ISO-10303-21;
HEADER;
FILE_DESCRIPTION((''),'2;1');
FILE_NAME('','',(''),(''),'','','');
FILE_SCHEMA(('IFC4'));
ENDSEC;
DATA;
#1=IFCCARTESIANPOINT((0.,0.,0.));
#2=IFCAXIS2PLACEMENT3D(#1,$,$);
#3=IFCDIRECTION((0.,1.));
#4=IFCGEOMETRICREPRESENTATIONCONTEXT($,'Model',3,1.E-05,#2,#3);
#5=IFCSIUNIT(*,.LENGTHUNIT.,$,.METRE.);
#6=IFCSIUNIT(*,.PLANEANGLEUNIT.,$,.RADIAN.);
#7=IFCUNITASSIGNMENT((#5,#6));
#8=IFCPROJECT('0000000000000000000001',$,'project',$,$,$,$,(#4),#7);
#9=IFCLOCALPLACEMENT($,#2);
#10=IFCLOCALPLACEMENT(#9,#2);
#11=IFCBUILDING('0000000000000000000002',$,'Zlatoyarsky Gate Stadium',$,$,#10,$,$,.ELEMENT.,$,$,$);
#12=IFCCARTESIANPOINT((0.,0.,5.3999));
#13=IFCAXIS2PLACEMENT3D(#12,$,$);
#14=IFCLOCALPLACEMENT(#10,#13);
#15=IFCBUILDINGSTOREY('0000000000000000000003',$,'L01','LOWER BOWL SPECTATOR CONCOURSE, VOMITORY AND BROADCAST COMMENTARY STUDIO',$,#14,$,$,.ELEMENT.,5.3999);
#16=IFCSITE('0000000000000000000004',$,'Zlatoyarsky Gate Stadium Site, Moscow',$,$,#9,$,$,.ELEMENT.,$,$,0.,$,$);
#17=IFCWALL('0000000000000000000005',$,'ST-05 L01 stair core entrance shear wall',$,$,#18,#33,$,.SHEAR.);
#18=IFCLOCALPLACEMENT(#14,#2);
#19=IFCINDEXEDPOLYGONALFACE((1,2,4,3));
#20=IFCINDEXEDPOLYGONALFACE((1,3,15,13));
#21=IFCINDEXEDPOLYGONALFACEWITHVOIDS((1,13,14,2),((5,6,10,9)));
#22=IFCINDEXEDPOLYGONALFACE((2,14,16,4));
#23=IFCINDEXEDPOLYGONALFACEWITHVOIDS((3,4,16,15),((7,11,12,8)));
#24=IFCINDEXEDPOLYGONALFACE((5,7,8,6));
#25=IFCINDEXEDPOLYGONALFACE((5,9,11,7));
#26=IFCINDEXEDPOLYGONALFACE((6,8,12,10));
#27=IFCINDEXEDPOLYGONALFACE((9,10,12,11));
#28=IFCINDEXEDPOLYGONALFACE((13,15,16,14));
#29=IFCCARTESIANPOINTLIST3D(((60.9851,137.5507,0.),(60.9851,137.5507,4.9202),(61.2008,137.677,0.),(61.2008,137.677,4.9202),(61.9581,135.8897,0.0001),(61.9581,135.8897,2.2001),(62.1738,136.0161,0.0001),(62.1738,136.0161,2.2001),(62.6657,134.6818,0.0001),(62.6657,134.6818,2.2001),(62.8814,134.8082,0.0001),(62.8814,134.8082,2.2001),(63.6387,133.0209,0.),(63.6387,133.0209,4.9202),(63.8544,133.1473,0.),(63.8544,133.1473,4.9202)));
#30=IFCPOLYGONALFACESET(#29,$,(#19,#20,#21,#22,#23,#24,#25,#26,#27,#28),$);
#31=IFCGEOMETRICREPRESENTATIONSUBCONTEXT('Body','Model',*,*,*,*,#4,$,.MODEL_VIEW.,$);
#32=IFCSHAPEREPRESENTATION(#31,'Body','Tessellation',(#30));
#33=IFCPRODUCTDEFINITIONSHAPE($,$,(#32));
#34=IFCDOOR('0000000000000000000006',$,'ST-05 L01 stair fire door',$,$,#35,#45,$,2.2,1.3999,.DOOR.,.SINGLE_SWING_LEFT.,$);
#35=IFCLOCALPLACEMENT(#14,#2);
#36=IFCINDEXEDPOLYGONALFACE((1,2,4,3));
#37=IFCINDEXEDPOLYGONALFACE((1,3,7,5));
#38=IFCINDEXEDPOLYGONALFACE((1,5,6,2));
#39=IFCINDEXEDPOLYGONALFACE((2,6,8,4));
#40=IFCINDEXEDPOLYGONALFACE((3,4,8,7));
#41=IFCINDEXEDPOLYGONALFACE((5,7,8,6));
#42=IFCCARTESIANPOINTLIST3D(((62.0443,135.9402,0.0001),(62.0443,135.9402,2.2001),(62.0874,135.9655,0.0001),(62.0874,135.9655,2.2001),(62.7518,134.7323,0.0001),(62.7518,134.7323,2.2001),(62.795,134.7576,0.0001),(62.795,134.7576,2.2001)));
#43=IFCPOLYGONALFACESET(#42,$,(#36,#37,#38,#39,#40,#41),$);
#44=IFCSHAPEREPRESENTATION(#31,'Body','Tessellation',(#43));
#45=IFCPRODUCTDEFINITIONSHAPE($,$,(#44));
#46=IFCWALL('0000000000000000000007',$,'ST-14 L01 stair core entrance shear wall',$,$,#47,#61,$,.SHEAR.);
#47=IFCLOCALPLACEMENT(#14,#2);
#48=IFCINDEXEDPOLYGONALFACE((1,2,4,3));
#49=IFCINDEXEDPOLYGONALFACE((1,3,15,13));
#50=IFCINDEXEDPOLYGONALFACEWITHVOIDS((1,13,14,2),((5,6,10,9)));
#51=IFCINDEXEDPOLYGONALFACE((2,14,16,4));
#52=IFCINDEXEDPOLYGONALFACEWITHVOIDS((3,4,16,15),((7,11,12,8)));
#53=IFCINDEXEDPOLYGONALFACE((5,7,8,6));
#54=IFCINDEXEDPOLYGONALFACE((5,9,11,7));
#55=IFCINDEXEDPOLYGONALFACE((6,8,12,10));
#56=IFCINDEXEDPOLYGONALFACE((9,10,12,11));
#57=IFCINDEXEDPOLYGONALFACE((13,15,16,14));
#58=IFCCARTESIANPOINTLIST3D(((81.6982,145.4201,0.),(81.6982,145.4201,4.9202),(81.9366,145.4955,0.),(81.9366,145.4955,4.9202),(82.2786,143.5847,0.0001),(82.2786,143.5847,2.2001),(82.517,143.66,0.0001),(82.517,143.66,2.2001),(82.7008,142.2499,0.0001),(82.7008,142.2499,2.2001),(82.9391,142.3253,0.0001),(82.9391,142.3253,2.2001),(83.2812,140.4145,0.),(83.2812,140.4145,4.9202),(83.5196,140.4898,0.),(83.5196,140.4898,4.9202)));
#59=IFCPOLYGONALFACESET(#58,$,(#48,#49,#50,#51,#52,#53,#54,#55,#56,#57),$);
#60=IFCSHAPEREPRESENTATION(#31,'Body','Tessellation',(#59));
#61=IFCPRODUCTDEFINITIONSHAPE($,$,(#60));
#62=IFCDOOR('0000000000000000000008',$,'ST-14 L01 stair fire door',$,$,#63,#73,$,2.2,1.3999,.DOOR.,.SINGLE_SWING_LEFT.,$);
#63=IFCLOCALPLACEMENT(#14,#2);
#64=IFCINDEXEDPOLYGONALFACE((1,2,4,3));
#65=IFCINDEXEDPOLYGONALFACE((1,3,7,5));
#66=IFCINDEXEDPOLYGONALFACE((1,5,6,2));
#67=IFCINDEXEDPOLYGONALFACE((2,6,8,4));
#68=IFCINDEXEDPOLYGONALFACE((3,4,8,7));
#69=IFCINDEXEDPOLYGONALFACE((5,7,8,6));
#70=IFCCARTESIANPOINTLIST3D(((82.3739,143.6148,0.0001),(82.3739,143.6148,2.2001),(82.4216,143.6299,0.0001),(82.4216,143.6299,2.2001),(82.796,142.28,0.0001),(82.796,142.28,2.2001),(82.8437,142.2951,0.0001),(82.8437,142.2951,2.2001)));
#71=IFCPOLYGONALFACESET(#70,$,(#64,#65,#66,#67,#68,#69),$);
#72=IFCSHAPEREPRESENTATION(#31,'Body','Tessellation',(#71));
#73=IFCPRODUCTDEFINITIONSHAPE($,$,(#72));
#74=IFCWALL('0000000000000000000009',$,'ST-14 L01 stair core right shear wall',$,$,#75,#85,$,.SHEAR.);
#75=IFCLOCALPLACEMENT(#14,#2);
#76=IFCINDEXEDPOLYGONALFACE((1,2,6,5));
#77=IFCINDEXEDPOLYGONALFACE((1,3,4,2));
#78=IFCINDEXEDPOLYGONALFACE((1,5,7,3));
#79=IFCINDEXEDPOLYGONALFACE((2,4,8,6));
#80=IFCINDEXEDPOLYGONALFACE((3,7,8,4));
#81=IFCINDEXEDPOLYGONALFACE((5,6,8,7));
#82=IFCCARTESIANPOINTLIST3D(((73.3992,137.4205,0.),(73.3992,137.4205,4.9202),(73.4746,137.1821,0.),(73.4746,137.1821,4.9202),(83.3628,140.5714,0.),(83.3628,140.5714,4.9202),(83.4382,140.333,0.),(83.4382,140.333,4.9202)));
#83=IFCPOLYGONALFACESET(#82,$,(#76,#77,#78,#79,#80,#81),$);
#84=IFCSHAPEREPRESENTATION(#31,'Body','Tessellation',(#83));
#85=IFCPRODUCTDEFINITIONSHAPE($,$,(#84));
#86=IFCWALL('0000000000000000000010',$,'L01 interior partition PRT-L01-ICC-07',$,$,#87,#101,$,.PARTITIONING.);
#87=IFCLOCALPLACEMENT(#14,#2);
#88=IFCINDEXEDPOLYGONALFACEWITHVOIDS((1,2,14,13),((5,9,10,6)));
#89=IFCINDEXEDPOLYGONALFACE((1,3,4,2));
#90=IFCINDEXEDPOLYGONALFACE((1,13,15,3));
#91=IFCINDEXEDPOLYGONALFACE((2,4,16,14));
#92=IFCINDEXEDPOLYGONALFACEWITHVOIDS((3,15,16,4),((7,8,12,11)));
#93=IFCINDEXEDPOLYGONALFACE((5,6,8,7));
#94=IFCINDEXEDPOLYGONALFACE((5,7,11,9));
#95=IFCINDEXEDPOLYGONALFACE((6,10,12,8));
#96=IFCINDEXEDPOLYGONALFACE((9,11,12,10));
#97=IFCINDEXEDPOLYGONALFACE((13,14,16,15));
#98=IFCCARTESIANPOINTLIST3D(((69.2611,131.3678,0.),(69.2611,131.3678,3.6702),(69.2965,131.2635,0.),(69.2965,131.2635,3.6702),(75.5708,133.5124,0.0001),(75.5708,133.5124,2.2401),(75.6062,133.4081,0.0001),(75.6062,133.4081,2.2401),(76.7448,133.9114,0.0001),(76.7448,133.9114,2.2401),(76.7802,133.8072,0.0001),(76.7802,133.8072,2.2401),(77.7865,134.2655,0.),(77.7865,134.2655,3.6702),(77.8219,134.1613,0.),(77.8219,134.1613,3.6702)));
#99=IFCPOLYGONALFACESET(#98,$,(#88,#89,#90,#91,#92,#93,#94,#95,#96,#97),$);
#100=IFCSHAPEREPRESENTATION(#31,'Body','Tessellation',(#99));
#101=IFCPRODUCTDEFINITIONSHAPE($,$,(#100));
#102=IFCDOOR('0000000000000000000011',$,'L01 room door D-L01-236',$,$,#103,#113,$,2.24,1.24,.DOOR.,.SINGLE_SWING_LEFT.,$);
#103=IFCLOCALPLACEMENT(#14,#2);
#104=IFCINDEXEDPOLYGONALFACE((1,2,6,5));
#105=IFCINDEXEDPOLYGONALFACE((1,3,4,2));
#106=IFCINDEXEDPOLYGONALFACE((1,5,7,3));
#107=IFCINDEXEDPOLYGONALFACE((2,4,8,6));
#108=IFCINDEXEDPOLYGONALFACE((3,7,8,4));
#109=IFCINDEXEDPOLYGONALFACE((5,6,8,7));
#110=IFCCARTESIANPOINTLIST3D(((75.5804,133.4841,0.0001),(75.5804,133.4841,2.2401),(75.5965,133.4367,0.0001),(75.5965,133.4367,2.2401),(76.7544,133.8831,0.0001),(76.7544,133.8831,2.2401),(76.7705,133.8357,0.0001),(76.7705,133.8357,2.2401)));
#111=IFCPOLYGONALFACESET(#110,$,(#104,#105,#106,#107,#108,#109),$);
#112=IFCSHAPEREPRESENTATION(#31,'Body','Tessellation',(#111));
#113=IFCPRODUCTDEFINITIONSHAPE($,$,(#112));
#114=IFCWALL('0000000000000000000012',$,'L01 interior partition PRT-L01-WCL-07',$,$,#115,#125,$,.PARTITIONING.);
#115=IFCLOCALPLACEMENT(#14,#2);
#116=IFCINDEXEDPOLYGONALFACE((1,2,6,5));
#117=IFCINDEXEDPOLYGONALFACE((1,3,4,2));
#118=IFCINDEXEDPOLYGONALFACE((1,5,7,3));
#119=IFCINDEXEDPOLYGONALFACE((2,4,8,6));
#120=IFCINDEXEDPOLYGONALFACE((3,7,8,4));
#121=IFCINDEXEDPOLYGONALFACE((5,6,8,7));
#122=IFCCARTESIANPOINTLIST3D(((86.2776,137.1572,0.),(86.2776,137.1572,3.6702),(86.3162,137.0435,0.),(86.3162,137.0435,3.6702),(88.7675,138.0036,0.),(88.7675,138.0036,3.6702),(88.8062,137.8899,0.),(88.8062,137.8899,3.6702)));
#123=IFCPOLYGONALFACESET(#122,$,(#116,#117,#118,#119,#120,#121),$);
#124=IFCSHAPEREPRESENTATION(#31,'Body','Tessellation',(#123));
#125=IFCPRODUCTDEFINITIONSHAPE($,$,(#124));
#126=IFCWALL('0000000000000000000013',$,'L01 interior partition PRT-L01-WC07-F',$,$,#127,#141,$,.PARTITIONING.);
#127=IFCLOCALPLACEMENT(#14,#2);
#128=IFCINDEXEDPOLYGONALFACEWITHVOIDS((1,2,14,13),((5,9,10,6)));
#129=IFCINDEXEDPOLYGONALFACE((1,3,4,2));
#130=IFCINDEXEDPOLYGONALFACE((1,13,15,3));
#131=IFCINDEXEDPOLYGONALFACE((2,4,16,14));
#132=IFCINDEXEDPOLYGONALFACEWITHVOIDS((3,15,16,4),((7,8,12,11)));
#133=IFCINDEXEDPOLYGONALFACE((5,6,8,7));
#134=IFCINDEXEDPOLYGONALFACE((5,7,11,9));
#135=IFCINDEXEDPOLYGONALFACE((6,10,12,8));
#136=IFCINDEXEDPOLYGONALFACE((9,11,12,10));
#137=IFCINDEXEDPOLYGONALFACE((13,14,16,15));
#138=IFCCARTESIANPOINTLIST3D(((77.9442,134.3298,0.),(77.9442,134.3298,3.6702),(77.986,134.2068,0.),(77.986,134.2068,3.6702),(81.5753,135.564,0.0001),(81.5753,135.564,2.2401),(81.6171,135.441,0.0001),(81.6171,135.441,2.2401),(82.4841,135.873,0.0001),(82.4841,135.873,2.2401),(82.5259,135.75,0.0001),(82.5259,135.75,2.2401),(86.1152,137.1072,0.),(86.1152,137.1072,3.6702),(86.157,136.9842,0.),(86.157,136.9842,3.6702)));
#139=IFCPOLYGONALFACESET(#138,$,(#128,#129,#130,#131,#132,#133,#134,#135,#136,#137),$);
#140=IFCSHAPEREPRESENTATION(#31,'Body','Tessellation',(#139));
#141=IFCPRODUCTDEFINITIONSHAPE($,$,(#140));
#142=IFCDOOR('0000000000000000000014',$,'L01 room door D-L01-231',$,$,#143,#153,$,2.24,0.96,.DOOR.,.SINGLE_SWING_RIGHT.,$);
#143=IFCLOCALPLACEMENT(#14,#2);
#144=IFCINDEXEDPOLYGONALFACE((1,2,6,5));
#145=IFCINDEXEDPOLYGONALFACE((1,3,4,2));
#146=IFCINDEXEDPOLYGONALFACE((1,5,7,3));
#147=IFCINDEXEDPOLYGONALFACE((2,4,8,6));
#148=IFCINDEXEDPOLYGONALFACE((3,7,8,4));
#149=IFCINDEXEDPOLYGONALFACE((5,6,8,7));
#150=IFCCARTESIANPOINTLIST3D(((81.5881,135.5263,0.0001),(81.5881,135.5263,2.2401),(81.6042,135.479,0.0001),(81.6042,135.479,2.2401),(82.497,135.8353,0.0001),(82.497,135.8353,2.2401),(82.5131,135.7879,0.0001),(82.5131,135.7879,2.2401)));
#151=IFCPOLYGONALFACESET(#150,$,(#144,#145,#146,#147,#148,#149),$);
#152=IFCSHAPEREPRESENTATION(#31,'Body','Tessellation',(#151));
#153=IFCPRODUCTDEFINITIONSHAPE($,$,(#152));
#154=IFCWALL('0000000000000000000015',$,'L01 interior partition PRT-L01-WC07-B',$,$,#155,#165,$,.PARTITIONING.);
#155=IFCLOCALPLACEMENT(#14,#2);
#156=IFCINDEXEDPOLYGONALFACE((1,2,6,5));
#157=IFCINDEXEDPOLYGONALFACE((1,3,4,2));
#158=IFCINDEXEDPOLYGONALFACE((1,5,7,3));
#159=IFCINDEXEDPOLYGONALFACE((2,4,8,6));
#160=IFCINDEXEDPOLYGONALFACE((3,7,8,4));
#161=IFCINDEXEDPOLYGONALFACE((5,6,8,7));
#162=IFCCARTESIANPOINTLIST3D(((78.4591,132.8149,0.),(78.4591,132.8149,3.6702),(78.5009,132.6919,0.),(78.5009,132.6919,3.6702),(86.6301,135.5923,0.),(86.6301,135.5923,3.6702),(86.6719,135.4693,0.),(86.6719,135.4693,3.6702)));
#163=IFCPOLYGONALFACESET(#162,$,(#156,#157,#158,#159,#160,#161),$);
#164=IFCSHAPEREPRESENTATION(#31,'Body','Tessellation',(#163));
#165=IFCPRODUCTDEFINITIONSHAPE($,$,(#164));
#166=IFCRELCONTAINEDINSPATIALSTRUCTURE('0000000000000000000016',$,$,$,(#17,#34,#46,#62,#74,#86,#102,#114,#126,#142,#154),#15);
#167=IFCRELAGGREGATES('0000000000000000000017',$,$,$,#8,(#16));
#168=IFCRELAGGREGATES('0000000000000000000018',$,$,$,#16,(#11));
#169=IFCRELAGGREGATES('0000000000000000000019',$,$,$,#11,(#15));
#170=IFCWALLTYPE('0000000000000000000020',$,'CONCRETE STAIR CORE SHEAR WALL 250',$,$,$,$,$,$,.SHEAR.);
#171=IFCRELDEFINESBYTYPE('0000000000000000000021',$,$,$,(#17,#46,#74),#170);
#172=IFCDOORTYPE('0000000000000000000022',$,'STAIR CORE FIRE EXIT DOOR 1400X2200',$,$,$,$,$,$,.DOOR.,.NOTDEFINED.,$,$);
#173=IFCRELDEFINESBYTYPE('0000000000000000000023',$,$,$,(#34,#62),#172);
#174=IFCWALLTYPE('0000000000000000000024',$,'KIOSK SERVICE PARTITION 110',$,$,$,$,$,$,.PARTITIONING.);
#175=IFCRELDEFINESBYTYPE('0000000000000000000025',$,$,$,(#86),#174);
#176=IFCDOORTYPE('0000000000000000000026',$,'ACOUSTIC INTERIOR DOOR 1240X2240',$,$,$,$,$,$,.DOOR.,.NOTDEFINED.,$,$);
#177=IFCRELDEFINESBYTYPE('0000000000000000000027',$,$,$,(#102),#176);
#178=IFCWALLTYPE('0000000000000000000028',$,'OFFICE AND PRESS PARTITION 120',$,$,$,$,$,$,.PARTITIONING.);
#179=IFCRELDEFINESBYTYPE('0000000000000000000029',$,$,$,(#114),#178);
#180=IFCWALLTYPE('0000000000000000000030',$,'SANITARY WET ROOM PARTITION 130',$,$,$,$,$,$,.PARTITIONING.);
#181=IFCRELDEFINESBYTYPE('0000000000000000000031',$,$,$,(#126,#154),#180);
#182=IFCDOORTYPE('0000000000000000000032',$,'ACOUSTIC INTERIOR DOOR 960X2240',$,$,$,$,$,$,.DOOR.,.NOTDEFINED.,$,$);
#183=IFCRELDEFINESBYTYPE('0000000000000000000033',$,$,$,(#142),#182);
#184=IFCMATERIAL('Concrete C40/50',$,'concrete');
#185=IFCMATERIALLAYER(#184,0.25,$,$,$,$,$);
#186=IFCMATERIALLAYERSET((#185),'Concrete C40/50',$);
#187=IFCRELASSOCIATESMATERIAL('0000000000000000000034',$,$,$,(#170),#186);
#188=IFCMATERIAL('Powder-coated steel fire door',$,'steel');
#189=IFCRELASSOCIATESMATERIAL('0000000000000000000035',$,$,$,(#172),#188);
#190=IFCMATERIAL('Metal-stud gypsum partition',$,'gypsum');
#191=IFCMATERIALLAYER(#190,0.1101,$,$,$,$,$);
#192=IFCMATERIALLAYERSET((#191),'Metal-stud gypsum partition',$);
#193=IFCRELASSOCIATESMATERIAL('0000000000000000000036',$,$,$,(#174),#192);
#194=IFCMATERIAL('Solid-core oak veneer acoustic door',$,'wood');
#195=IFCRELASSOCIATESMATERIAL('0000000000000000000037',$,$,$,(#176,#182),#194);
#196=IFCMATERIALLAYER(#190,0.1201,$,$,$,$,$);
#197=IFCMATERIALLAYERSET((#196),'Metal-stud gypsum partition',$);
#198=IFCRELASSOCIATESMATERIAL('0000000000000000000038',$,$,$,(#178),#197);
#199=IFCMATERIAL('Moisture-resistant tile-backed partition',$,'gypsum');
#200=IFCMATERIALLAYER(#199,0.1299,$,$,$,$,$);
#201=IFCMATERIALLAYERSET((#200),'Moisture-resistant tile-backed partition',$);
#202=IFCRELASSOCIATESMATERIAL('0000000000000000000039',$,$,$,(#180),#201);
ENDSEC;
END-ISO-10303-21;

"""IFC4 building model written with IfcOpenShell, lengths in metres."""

from ifc_helpers import new_model, si_unit, direction, frame, frame_2d, origin, place, context, subcontext, project, spatial, rectangle, extrude, material, layer, layer_set, type_object, element, fill, save


model = new_model("IFC4")

# Units and contexts
model_context = context("Model", 3, precision=1e-05, world=origin(), true_north=direction((0.0, 1.0)))
body_context = subcontext(model_context, "Body", "Model", "MODEL_VIEW")
ifc_project = project(units=[si_unit("LENGTHUNIT", "METRE"), si_unit("PLANEANGLEUNIT", "RADIAN")], contexts=[model_context])

# Site, building, storey
site_placement = place(None, origin())
site = spatial("IfcSite", under=ifc_project, at=site_placement, Name="Zlatoyarsky Gate Stadium Site, Moscow", CompositionType="ELEMENT", RefElevation=0.0)
building_placement = place(site_placement, origin())
building = spatial("IfcBuilding", under=site, at=building_placement, Name="Zlatoyarsky Gate Stadium", CompositionType="ELEMENT")
storey_placement = place(building_placement, frame((0.0, 0.0, 5.3999)))
storey = spatial("IfcBuildingStorey", under=building, at=storey_placement, Name="L01", Description="LOWER BOWL SPECTATOR CONCOURSE, VOMITORY AND BROADCAST COMMENTARY STUDIO", CompositionType="ELEMENT", Elevation=5.3999)

# Shared definitions
ifc_material_1 = material(Name="Concrete C40/50", Category="concrete")

# Walls, openings, doors
ifc_material_2 = material(Name="Solid-core oak veneer acoustic door", Category="wood")
ifc_layer_1 = layer(ifc_material_1, 0.25)
ifc_layer_set_1 = layer_set([ifc_layer_1], Name="Concrete C40/50")
wall_type_1 = type_object("IfcWallType", Name="CONCRETE STAIR CORE SHEAR WALL 250", PredefinedType="SHEAR", material=ifc_layer_set_1)
wall_1_placement = place(storey_placement, frame((63.7466, 133.084, 0.0), z_axis=(0.0, 0.0, 1.0), x_axis=(-0.50546, 0.86285, 0.0)))
wall_1 = element("IfcWall", 1, at=wall_1_placement, inside=storey, type_object=wall_type_1, Name="ST-05 L01 stair core entrance shear wall", PredefinedType="SHEAR", context=body_context, shape_type="SweptSolid", body=[
    extrude(rectangle(XDim=5.2498, YDim=0.25, at=frame_2d((2.625, 0.0))), origin(), (0.0, 0.0, 1.0), 4.9202),
])
opening_1_placement = place(wall_1_placement, frame((1.925, 0.0, 0.0)))
opening_1 = element("IfcOpeningElement", 2, at=opening_1_placement, cuts=wall_1, PredefinedType="OPENING", context=body_context, shape_type="SweptSolid", body=[
    extrude(rectangle(XDim=1.3999, YDim=2.2, at=frame_2d((0.7, 1.1001))), frame((0.0, 0.135, 0.0), z_axis=(0.0, -1.0, 0.0), x_axis=(1.0, 0.0, 0.0)), (0.0, 0.0, 1.0), 0.27),
])
ifc_material_3 = material(Name="Powder-coated steel fire door", Category="steel")
door_type_1 = type_object("IfcDoorType", Name="STAIR CORE FIRE EXIT DOOR 1400X2200", OperationType="NOTDEFINED", PredefinedType="DOOR", material=ifc_material_3)
door_1_placement = place(opening_1_placement, frame((1.3999, 0.0, 0.0), z_axis=(0.0, 0.0, 1.0), x_axis=(-1.0, 0.0, 0.0)))
door_1 = element("IfcDoor", 3, at=door_1_placement, inside=storey, type_object=door_type_1, Name="ST-05 L01 stair fire door", OperationType="SINGLE_SWING_LEFT", OverallHeight=2.2, OverallWidth=1.3999, PredefinedType="DOOR", context=body_context, shape_type="SweptSolid", body=[
    extrude(rectangle(XDim=1.3999, YDim=2.2, at=frame_2d((0.7, 1.1001))), frame((0.0, 0.0249, 0.0), z_axis=(0.0, -1.0, 0.0), x_axis=(1.0, 0.0, 0.0)), (0.0, 0.0, 1.0), 0.05),
])
fill(opening_1, door_1)
wall_2_placement = place(storey_placement, frame((83.4004, 140.4521, 0.0), z_axis=(0.0, 0.0, 1.0), x_axis=(-0.301527, 0.953457, 0.0)))
wall_2 = element("IfcWall", 4, at=wall_2_placement, inside=storey, type_object=wall_type_1, Name="ST-14 L01 stair core entrance shear wall", PredefinedType="SHEAR", context=body_context, shape_type="SweptSolid", body=[
    extrude(rectangle(XDim=5.25, YDim=0.25, at=frame_2d((2.625, 0.0))), origin(), (0.0, 0.0, 1.0), 4.9202),
])
opening_2_placement = place(wall_2_placement, frame((1.925, 0.0, 0.0)))
opening_2 = element("IfcOpeningElement", 5, at=opening_2_placement, cuts=wall_2, PredefinedType="OPENING", context=body_context, shape_type="SweptSolid", body=[
    extrude(rectangle(XDim=1.3999, YDim=2.2, at=frame_2d((0.7, 1.1001))), frame((0.0, 0.135, 0.0), z_axis=(0.0, -1.0, 0.0), x_axis=(1.0, 0.0, 0.0)), (0.0, 0.0, 1.0), 0.27),
])
door_2_placement = place(opening_2_placement, frame((1.3999, 0.0, 0.0), z_axis=(0.0, 0.0, 1.0), x_axis=(-1.0, 0.0, 0.0)))
door_2 = element("IfcDoor", 6, at=door_2_placement, inside=storey, type_object=door_type_1, Name="ST-14 L01 stair fire door", OperationType="SINGLE_SWING_LEFT", OverallHeight=2.2, OverallWidth=1.3999, PredefinedType="DOOR", context=body_context, shape_type="SweptSolid", body=[
    extrude(rectangle(XDim=1.3999, YDim=2.2, at=frame_2d((0.7, 1.1001))), frame((0.0, 0.0249, 0.0), z_axis=(0.0, -1.0, 0.0), x_axis=(1.0, 0.0, 0.0)), (0.0, 0.0, 1.0), 0.05),
])
fill(opening_2, door_2)

# Wall
wall_3_placement = place(storey_placement, frame((73.4368, 137.3013, 0.0), z_axis=(0.0, 0.0, 1.0), x_axis=(0.95346, 0.30152, 0.0)))
element("IfcWall", 7, at=wall_3_placement, inside=storey, type_object=wall_type_1, Name="ST-14 L01 stair core right shear wall", PredefinedType="SHEAR", context=body_context, shape_type="SweptSolid", body=[
    extrude(rectangle(XDim=10.45, YDim=0.25, at=frame_2d((5.2251, 0.0))), origin(), (0.0, 0.0, 1.0), 4.9202),
])

# Wall, opening, door
ifc_material_4 = material(Name="Metal-stud gypsum partition", Category="gypsum")
ifc_layer_2 = layer(ifc_material_4, 0.1101)
ifc_layer_set_2 = layer_set([ifc_layer_2], Name="Metal-stud gypsum partition")
wall_type_2 = type_object("IfcWallType", Name="KIOSK SERVICE PARTITION 110", PredefinedType="PARTITIONING", material=ifc_layer_set_2)
wall_4_placement = place(storey_placement, frame((77.8042, 134.2134, 0.0), z_axis=(0.0, 0.0, 1.0), x_axis=(-0.946804, -0.32181, 0.0)))
wall_4 = element("IfcWall", 8, at=wall_4_placement, inside=storey, type_object=wall_type_2, Name="L01 interior partition PRT-L01-ICC-07", PredefinedType="PARTITIONING", context=body_context, shape_type="SweptSolid", body=[
    extrude(rectangle(XDim=9.0044, YDim=0.1101, at=frame_2d((4.5022, 0.0))), origin(), (0.0, 0.0, 1.0), 3.6702),
])
opening_3_placement = place(wall_4_placement, frame((1.1001, 0.0, 0.0)))
opening_3 = element("IfcOpeningElement", 9, at=opening_3_placement, cuts=wall_4, PredefinedType="OPENING", context=body_context, shape_type="SweptSolid", body=[
    extrude(rectangle(XDim=1.24, YDim=2.24, at=frame_2d((0.6201, 1.1201))), frame((0.0, 0.0649, 0.0), z_axis=(0.0, -1.0, 0.0), x_axis=(1.0, 0.0, 0.0)), (0.0, 0.0, 1.0), 0.1301),
])
door_type_2 = type_object("IfcDoorType", Name="ACOUSTIC INTERIOR DOOR 1240X2240", OperationType="NOTDEFINED", PredefinedType="DOOR", material=ifc_material_2)
door_3_placement = place(opening_3_placement, origin())
door_3 = element("IfcDoor", 10, at=door_3_placement, inside=storey, type_object=door_type_2, Name="L01 room door D-L01-236", OperationType="SINGLE_SWING_LEFT", OverallHeight=2.24, OverallWidth=1.24, PredefinedType="DOOR", context=body_context, shape_type="SweptSolid", body=[
    extrude(rectangle(XDim=1.24, YDim=2.24, at=frame_2d((0.6201, 1.1201))), frame((0.0, 0.0249, 0.0), z_axis=(0.0, -1.0, 0.0), x_axis=(1.0, 0.0, 0.0)), (0.0, 0.0, 1.0), 0.05),
])
fill(opening_3, door_3)

# Wall
ifc_layer_3 = layer(ifc_material_4, 0.1201)
ifc_layer_set_3 = layer_set([ifc_layer_3], Name="Metal-stud gypsum partition")
wall_type_3 = type_object("IfcWallType", Name="OFFICE AND PRESS PARTITION 120", PredefinedType="PARTITIONING", material=ifc_layer_set_3)
wall_5_placement = place(storey_placement, frame((88.7869, 137.9468, 0.0), z_axis=(0.0, 0.0, 1.0), x_axis=(-0.946791, -0.321848, 0.0)))
element("IfcWall", 11, at=wall_5_placement, inside=storey, type_object=wall_type_3, Name="L01 interior partition PRT-L01-WCL-07", PredefinedType="PARTITIONING", context=body_context, shape_type="SweptSolid", body=[
    extrude(rectangle(XDim=2.6299, YDim=0.1201, at=frame_2d((1.3149, 0.0))), origin(), (0.0, 0.0, 1.0), 3.6702),
])

# Wall, opening, door
ifc_material_5 = material(Name="Moisture-resistant tile-backed partition", Category="gypsum")
ifc_layer_4 = layer(ifc_material_5, 0.1299)
ifc_layer_set_4 = layer_set([ifc_layer_4], Name="Moisture-resistant tile-backed partition")
wall_type_4 = type_object("IfcWallType", Name="SANITARY WET ROOM PARTITION 130", PredefinedType="PARTITIONING", material=ifc_layer_set_4)
wall_6_placement = place(storey_placement, frame((86.136, 137.0457, 0.0), z_axis=(0.0, 0.0, 1.0), x_axis=(-0.9468, -0.321824, 0.0)))
wall_6 = element("IfcWall", 12, at=wall_6_placement, inside=storey, type_object=wall_type_4, Name="L01 interior partition PRT-L01-WC07-F", PredefinedType="PARTITIONING", context=body_context, shape_type="SweptSolid", body=[
    extrude(rectangle(XDim=8.6301, YDim=0.1299, at=frame_2d((4.3149, 0.0))), origin(), (0.0, 0.0, 1.0), 3.6702),
])
opening_4_placement = place(wall_6_placement, frame((3.835, 0.0, 0.0)))
opening_4 = element("IfcOpeningElement", 13, at=opening_4_placement, cuts=wall_6, PredefinedType="OPENING", context=body_context, shape_type="SweptSolid", body=[
    extrude(rectangle(XDim=0.96, YDim=2.24, at=frame_2d((0.48, 1.1201))), frame((0.0, 0.075, 0.0), z_axis=(0.0, -1.0, 0.0), x_axis=(1.0, 0.0, 0.0)), (0.0, 0.0, 1.0), 0.1499),
])
door_type_3 = type_object("IfcDoorType", Name="ACOUSTIC INTERIOR DOOR 960X2240", OperationType="NOTDEFINED", PredefinedType="DOOR", material=ifc_material_2)
door_4_placement = place(opening_4_placement, origin())
door_4 = element("IfcDoor", 14, at=door_4_placement, inside=storey, type_object=door_type_3, Name="L01 room door D-L01-231", OperationType="SINGLE_SWING_RIGHT", OverallHeight=2.24, OverallWidth=0.96, PredefinedType="DOOR", context=body_context, shape_type="SweptSolid", body=[
    extrude(rectangle(XDim=0.96, YDim=2.24, at=frame_2d((0.48, 1.1201))), frame((0.0, 0.0249, 0.0), z_axis=(0.0, -1.0, 0.0), x_axis=(1.0, 0.0, 0.0)), (0.0, 0.0, 1.0), 0.05),
])
fill(opening_4, door_4)

# Wall
wall_7_placement = place(storey_placement, frame((86.6509, 135.5308, 0.0), z_axis=(0.0, 0.0, 1.0), x_axis=(-0.9468, -0.321824, 0.0)))
element("IfcWall", 15, at=wall_7_placement, inside=storey, type_object=wall_type_4, Name="L01 interior partition PRT-L01-WC07-B", PredefinedType="PARTITIONING", context=body_context, shape_type="SweptSolid", body=[
    extrude(rectangle(XDim=8.6301, YDim=0.1299, at=frame_2d((4.3149, 0.0))), origin(), (0.0, 0.0, 1.0), 3.6702),
])

save(model, "model.ifc")
